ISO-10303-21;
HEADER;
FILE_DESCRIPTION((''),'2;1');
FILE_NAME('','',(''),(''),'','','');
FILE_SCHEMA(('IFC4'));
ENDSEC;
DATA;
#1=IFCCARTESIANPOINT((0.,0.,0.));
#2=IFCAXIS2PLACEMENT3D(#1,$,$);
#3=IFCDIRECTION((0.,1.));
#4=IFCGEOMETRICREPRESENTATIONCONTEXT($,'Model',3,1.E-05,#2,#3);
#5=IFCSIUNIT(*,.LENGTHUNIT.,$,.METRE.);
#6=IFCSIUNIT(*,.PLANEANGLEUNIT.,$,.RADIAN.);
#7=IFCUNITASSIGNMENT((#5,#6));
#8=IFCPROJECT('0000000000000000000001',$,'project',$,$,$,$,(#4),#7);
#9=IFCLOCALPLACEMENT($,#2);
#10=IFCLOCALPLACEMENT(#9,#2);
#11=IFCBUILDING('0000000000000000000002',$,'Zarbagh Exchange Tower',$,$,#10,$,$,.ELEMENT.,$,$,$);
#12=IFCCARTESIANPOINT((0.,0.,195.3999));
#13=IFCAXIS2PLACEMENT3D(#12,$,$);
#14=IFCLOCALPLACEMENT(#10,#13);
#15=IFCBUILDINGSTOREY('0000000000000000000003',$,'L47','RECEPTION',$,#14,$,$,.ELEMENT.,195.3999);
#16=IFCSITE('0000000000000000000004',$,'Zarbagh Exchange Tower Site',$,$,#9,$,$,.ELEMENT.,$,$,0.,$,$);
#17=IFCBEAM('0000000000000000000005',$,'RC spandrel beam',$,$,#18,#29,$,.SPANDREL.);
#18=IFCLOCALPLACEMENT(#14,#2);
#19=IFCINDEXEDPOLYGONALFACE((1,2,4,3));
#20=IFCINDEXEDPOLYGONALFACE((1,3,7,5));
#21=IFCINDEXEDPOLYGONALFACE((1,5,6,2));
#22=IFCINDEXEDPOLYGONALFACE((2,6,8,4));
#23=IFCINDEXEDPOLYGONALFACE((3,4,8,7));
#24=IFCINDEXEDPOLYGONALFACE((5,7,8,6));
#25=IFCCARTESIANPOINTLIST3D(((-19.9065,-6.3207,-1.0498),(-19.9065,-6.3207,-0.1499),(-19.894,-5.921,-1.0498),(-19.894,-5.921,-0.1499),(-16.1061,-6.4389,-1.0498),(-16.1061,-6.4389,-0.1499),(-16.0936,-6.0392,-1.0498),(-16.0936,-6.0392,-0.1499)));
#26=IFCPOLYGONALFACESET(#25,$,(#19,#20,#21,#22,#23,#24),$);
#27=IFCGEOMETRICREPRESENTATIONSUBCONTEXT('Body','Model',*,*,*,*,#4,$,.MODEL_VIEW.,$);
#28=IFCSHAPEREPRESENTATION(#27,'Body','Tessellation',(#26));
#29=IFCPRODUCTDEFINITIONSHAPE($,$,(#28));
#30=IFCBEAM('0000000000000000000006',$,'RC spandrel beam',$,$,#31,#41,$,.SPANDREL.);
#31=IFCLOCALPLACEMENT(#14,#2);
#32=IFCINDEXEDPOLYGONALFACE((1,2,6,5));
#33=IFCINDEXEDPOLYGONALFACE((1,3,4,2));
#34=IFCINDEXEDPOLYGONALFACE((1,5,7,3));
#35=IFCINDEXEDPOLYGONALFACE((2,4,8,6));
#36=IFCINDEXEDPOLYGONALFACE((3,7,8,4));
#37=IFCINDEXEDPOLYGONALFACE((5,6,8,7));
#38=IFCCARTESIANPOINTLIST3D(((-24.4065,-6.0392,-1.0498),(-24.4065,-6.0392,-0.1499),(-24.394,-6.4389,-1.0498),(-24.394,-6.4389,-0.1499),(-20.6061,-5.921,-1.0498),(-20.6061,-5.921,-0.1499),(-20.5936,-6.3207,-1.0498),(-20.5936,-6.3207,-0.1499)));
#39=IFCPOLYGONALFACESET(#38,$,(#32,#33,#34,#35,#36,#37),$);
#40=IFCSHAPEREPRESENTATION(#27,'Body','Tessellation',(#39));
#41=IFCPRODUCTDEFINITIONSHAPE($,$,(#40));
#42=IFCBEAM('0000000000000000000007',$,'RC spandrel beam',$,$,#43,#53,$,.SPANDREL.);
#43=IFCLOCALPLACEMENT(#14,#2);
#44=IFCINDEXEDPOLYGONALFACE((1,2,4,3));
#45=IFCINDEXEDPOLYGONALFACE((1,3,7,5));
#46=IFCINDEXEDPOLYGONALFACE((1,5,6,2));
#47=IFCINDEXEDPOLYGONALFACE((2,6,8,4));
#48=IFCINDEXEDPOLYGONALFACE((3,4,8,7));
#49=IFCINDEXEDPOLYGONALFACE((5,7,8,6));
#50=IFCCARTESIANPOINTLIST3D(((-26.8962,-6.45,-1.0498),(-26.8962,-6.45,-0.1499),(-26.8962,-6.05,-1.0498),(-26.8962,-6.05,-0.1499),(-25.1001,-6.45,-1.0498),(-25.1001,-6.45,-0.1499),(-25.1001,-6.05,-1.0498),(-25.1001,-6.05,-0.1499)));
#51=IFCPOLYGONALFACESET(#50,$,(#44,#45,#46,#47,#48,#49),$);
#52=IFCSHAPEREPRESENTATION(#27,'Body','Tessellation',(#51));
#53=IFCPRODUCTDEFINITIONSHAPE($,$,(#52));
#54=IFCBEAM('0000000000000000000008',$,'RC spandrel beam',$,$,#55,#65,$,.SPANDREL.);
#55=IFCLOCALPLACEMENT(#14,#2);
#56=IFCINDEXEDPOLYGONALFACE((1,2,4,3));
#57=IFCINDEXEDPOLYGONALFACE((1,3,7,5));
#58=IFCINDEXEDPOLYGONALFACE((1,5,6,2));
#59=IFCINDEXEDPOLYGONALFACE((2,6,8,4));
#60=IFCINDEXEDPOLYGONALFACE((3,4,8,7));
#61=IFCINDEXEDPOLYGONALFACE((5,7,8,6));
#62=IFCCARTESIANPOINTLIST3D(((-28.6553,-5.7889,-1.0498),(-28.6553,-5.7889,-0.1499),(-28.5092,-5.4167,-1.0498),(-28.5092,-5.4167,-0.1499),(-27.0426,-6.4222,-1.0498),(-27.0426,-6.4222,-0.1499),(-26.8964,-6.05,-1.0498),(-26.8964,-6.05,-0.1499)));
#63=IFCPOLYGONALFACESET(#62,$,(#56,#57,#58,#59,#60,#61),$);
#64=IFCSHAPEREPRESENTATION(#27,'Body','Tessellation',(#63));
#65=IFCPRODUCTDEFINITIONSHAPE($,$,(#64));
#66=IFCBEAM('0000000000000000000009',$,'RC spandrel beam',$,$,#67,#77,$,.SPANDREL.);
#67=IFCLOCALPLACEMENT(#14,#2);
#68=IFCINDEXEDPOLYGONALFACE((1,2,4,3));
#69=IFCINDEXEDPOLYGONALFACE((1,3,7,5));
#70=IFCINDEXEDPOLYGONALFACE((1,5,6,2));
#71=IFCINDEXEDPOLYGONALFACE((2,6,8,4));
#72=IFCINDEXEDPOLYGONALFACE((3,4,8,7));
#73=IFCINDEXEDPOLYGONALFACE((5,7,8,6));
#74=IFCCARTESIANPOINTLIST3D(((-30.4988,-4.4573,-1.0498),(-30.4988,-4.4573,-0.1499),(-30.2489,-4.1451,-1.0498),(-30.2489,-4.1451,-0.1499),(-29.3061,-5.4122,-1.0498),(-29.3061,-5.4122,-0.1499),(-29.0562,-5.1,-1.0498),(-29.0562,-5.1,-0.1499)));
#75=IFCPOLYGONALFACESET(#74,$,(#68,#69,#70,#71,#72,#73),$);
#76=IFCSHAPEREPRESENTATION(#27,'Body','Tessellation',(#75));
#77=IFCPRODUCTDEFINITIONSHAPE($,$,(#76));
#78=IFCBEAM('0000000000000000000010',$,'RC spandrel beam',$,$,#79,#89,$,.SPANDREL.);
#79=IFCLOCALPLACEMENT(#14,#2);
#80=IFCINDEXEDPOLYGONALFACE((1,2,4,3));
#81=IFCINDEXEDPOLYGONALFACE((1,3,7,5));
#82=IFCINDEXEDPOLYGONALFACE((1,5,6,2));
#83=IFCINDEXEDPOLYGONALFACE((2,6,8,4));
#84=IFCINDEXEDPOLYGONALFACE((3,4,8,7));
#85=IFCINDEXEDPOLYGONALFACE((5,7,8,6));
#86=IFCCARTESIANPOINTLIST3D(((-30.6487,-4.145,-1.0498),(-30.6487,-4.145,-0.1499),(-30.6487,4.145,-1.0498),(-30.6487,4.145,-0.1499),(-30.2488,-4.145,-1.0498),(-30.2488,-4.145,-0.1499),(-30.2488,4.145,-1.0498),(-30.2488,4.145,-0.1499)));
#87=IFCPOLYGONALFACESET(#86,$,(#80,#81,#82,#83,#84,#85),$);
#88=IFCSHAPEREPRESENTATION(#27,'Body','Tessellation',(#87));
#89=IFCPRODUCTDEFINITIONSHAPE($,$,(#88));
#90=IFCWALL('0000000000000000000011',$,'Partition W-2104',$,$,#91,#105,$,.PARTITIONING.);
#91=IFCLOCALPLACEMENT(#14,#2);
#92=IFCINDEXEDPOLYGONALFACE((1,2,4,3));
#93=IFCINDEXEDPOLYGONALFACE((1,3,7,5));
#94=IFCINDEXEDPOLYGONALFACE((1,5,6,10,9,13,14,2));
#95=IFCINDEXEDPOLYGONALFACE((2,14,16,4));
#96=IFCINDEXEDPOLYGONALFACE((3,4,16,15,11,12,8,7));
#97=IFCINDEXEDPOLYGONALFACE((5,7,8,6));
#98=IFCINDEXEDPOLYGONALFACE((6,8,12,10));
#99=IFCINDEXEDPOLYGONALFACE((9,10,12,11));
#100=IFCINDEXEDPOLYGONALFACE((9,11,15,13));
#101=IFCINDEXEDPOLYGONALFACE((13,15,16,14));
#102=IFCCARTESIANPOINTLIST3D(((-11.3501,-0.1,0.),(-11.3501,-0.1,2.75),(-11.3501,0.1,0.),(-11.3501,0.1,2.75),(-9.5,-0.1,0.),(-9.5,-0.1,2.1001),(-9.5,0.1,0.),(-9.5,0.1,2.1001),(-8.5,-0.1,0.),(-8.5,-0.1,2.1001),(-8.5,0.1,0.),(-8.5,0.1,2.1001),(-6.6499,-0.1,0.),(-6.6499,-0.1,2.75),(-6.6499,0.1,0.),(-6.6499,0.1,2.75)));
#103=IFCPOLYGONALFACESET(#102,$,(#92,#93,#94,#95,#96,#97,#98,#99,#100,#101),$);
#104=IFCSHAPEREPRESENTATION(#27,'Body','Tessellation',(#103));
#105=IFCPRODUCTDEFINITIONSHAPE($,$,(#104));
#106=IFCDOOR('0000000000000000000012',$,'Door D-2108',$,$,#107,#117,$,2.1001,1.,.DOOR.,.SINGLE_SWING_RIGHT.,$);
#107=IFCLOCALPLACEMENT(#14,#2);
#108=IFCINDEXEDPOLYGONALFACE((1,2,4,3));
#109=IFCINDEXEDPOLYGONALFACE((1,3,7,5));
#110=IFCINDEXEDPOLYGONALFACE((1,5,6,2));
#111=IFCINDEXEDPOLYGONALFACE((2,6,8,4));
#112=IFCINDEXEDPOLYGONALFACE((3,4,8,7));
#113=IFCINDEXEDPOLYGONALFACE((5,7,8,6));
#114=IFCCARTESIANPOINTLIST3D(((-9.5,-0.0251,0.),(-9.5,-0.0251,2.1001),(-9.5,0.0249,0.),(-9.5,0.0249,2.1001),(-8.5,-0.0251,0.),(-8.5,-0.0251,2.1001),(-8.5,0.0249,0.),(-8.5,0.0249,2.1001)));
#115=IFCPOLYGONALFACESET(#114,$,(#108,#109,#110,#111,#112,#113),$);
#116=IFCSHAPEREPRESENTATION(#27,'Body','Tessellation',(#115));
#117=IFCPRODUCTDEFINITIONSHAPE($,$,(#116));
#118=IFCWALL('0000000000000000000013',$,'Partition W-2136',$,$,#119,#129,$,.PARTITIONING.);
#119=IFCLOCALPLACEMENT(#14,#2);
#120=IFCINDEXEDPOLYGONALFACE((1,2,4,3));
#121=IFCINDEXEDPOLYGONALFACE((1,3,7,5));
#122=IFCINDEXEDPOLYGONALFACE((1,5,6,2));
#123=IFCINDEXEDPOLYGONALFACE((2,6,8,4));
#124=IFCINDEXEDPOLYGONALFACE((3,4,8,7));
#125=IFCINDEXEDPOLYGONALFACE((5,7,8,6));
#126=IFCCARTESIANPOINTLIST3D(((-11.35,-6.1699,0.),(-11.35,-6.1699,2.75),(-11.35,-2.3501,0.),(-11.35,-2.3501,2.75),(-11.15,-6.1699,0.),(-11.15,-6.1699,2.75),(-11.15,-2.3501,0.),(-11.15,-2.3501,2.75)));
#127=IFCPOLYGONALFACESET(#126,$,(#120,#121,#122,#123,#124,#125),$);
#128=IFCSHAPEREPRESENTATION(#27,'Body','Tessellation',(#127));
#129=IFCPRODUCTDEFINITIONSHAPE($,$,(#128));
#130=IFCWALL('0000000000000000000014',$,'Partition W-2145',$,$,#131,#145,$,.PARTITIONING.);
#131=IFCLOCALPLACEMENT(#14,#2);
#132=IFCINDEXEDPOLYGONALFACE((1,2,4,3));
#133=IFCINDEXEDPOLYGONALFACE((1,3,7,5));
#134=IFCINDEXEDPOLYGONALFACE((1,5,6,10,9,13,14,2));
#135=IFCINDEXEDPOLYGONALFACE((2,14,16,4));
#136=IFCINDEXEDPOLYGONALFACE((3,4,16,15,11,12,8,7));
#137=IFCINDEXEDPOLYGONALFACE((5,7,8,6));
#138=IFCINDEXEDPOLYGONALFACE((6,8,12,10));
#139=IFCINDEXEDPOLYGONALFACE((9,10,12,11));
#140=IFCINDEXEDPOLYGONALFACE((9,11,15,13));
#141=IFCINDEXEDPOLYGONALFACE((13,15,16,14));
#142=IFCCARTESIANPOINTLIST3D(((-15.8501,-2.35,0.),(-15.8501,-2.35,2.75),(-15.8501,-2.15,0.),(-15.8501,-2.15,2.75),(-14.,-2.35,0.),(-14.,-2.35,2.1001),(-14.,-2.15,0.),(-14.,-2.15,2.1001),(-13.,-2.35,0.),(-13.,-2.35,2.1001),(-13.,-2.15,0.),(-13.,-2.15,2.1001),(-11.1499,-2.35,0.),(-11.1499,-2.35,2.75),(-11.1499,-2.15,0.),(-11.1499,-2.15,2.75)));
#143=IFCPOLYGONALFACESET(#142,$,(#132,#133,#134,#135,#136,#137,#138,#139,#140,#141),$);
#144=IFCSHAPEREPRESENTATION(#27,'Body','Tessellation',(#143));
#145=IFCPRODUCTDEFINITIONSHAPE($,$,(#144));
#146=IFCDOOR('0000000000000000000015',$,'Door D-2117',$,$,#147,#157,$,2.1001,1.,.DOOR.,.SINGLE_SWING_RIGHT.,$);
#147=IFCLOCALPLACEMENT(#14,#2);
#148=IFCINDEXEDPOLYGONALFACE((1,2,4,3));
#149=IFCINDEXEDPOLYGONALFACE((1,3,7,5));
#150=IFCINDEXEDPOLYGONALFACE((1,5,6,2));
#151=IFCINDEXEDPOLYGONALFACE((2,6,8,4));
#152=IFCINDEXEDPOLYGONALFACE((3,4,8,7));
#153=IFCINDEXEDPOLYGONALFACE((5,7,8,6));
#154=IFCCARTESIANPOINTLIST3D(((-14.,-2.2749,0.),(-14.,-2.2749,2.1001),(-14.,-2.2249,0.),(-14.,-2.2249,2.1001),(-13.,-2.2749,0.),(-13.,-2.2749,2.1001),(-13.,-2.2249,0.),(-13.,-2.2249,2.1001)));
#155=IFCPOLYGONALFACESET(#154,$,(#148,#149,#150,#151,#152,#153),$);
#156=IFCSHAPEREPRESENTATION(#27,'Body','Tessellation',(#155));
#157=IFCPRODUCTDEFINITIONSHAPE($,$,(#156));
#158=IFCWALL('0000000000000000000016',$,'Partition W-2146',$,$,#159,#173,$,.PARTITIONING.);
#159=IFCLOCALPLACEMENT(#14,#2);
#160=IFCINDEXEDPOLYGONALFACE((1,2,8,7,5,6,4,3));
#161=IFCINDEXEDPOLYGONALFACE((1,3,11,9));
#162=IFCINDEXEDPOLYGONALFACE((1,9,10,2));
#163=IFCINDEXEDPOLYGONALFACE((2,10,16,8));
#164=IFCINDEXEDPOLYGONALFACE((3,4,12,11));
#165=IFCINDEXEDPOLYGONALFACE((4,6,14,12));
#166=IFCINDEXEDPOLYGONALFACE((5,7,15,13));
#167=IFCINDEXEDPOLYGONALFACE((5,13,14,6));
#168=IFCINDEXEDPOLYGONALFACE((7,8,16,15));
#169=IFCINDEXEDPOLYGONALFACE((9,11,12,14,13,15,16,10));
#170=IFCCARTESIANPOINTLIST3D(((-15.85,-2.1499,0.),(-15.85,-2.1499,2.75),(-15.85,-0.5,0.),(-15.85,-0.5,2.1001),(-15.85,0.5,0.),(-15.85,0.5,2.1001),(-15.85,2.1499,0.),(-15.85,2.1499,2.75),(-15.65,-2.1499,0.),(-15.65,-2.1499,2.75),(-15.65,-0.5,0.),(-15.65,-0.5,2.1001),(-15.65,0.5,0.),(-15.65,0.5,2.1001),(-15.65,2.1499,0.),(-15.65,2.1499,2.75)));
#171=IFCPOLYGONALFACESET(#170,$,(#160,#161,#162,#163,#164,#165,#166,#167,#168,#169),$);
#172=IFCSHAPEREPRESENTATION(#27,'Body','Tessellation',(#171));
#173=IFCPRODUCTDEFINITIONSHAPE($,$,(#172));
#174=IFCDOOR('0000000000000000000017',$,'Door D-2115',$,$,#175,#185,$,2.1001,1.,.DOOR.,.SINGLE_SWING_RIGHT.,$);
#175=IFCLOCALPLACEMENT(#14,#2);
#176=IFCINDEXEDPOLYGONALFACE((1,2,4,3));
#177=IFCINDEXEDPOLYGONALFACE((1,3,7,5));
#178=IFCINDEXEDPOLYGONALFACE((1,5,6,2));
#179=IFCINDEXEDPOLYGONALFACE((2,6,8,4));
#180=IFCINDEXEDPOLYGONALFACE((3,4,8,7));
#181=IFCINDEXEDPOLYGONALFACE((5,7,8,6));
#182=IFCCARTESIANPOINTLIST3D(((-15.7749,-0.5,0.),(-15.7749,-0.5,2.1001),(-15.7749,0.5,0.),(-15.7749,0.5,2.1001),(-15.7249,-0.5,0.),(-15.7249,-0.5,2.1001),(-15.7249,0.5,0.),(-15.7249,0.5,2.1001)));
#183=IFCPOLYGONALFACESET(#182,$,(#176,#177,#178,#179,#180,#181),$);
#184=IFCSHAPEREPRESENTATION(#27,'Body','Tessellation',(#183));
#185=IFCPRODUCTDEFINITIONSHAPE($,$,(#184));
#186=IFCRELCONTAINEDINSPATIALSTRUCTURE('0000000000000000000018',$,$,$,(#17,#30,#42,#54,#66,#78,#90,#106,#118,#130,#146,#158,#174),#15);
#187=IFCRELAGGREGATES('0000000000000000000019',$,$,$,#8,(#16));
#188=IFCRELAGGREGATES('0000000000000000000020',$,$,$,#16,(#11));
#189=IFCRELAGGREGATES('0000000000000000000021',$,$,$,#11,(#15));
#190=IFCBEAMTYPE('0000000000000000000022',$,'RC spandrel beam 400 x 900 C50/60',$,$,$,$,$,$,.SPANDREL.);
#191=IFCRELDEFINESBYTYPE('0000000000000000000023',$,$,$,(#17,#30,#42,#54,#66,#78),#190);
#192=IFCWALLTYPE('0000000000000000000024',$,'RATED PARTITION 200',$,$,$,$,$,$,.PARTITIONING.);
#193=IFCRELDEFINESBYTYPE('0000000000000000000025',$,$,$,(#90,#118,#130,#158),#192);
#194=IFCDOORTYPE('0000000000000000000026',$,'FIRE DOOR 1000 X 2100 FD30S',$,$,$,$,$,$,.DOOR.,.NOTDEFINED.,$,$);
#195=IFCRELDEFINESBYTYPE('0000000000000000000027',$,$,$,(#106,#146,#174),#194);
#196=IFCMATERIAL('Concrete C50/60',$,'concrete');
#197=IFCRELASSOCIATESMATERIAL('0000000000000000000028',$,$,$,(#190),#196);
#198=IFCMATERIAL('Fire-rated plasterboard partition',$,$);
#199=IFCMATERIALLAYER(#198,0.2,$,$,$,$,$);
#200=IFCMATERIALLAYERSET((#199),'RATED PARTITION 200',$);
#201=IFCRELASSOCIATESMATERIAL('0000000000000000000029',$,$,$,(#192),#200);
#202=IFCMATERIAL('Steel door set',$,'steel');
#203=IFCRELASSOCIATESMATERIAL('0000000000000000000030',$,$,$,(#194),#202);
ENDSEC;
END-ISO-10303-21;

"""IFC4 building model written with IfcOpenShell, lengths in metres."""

from ifc_helpers import new_model, si_unit, direction, frame, frame_2d, origin, origin_2d, place, context, subcontext, project, spatial, rectangle, extrude, material, layer, layer_set, material_profile, profile_set, type_object, element, fill, save


model = new_model("IFC4")

# Units and contexts
model_context = context("Model", 3, precision=1e-05, world=origin(), true_north=direction((0.0, 1.0)))
body_context = subcontext(model_context, "Body", "Model", "MODEL_VIEW")
ifc_project = project(units=[si_unit("LENGTHUNIT", "METRE"), si_unit("PLANEANGLEUNIT", "RADIAN")], contexts=[model_context])

# Site, building, storey
site_placement = place(None, origin())
site = spatial("IfcSite", under=ifc_project, at=site_placement, Name="Zarbagh Exchange Tower Site", CompositionType="ELEMENT", RefElevation=0.0)
building_placement = place(site_placement, origin())
building = spatial("IfcBuilding", under=site, at=building_placement, Name="Zarbagh Exchange Tower", CompositionType="ELEMENT")
storey_placement = place(building_placement, frame((0.0, 0.0, 195.3999)))
storey = spatial("IfcBuildingStorey", under=building, at=storey_placement, Name="L47", Description="RECEPTION", CompositionType="ELEMENT", Elevation=195.3999)

# Shared definitions
ifc_material_1 = material(Name="Concrete C50/60", Category="concrete")

# Beams
ifc_material_profile_1 = material_profile(ifc_material_1, rectangle(XDim=0.3999, YDim=0.8999, at=origin_2d()), Name="RC spandrel beam 400 x 900 C50/60")
ifc_profile_set_1 = profile_set([ifc_material_profile_1], Name="Concrete C50/60")
beam_type_1 = type_object("IfcBeamType", Name="RC spandrel beam 400 x 900 C50/60", PredefinedType="SPANDREL", material=ifc_profile_set_1)
for number, where, z_axis, x_axis, name in (
    (1, (-16.0999, -6.239, -0.5999), (-0.999517, 0.031078, 0.0), (-0.031078, -0.999517, 0.0), "RC spandrel beam"),
    (2, (-20.5999, -6.1208, -0.5999), (-0.999517, -0.031078, 0.0), (0.031078, -0.999517, 0.0), "RC spandrel beam"),
):
    element("IfcBeam", number, at=place(storey_placement, frame(where, z_axis=z_axis, x_axis=x_axis)), inside=storey, type_object=beam_type_1, Name=name, PredefinedType="SPANDREL", context=body_context, shape_type="SweptSolid", body=[
        extrude(rectangle(XDim=0.3999, YDim=0.8999, at=origin_2d()), origin(), (0.0, 0.0, 1.0), 3.8022),
    ])
beam_1_placement = place(storey_placement, frame((-25.1001, -6.25, -0.5999), z_axis=(-1.0, 0.0, 0.0), x_axis=(0.0, -1.0, 0.0)))
element("IfcBeam", 3, at=beam_1_placement, inside=storey, type_object=beam_type_1, Name="RC spandrel beam", PredefinedType="SPANDREL", context=body_context, shape_type="SweptSolid", body=[
    extrude(rectangle(XDim=0.3999, YDim=0.8999, at=origin_2d()), origin(), (0.0, 0.0, 1.0), 1.7961),
])
beam_2_placement = place(storey_placement, frame((-26.9695, -6.2361, -0.5999), z_axis=(-0.93081, 0.365504, 0.0), x_axis=(-0.365504, -0.93081, 0.0)))
element("IfcBeam", 4, at=beam_2_placement, inside=storey, type_object=beam_type_1, Name="RC spandrel beam", PredefinedType="SPANDREL", context=body_context, shape_type="SweptSolid", body=[
    extrude(rectangle(XDim=0.3999, YDim=0.8999, at=origin_2d()), origin(), (0.0, 0.0, 1.0), 1.7327),
])
beam_3_placement = place(storey_placement, frame((-29.1812, -5.2561, -0.5999), z_axis=(-0.780635, 0.624987, 0.0), x_axis=(-0.624987, -0.780635, 0.0)))
element("IfcBeam", 5, at=beam_3_placement, inside=storey, type_object=beam_type_1, Name="RC spandrel beam", PredefinedType="SPANDREL", context=body_context, shape_type="SweptSolid", body=[
    extrude(rectangle(XDim=0.3999, YDim=0.8999, at=origin_2d()), origin(), (0.0, 0.0, 1.0), 1.5278),
])
beam_4_placement = place(storey_placement, frame((-30.4487, -4.145, -0.5999), z_axis=(0.0, 1.0, 0.0), x_axis=(-1.0, 0.0, 0.0)))
element("IfcBeam", 6, at=beam_4_placement, inside=storey, type_object=beam_type_1, Name="RC spandrel beam", PredefinedType="SPANDREL", context=body_context, shape_type="SweptSolid", body=[
    extrude(rectangle(XDim=0.3999, YDim=0.8999, at=origin_2d()), origin(), (0.0, 0.0, 1.0), 8.29),
])

# Wall, opening, door
ifc_material_2 = material(Name="Fire-rated plasterboard partition")
ifc_layer = layer(ifc_material_2, 0.2)
ifc_layer_set = layer_set([ifc_layer], Name="RATED PARTITION 200")
wall_type = type_object("IfcWallType", Name="RATED PARTITION 200", PredefinedType="PARTITIONING", material=ifc_layer_set)
wall_1_placement = place(storey_placement, frame((-11.3501, 0.0, 0.0), z_axis=(0.0, 0.0, 1.0), x_axis=(1.0, 0.0, 0.0)))
wall_1 = element("IfcWall", 7, at=wall_1_placement, inside=storey, type_object=wall_type, Name="Partition W-2104", PredefinedType="PARTITIONING", context=body_context, shape_type="SweptSolid", body=[
    extrude(rectangle(XDim=4.7002, YDim=0.2, at=frame_2d((2.3501, 0.0))), origin(), (0.0, 0.0, 1.0), 2.75),
])
opening_1_placement = place(wall_1_placement, frame((1.8501, 0.0, 0.0)))
opening_1 = element("IfcOpeningElement", 8, at=opening_1_placement, cuts=wall_1, PredefinedType="OPENING", context=body_context, shape_type="SweptSolid", body=[
    extrude(rectangle(XDim=1.0, YDim=2.1001, at=frame_2d((0.5, 1.05))), frame((0.0, 0.1099, 0.0), z_axis=(0.0, -1.0, 0.0), x_axis=(1.0, 0.0, 0.0)), (0.0, 0.0, 1.0), 0.22),
])
ifc_material_3 = material(Name="Steel door set", Category="steel")
door_type = type_object("IfcDoorType", Name="FIRE DOOR 1000 X 2100 FD30S", OperationType="NOTDEFINED", PredefinedType="DOOR", material=ifc_material_3)
door_1_placement = place(opening_1_placement, origin())
door_1 = element("IfcDoor", 9, at=door_1_placement, inside=storey, type_object=door_type, Name="Door D-2108", OperationType="SINGLE_SWING_RIGHT", OverallHeight=2.1001, OverallWidth=1.0, PredefinedType="DOOR", context=body_context, shape_type="SweptSolid", body=[
    extrude(rectangle(XDim=1.0, YDim=2.1001, at=frame_2d((0.5, 1.05))), frame((0.0, 0.0249, 0.0), z_axis=(0.0, -1.0, 0.0), x_axis=(1.0, 0.0, 0.0)), (0.0, 0.0, 1.0), 0.05),
])
fill(opening_1, door_1)

# Wall
wall_2_placement = place(storey_placement, frame((-11.25, -6.1699, 0.0), z_axis=(0.0, 0.0, 1.0), x_axis=(0.0, 1.0, 0.0)))
element("IfcWall", 10, at=wall_2_placement, inside=storey, type_object=wall_type, Name="Partition W-2136", PredefinedType="PARTITIONING", context=body_context, shape_type="SweptSolid", body=[
    extrude(rectangle(XDim=3.8198, YDim=0.2, at=frame_2d((1.9099, 0.0))), origin(), (0.0, 0.0, 1.0), 2.75),
])

# Walls, openings, doors
wall_3_placement = place(storey_placement, frame((-11.1499, -2.25, 0.0), z_axis=(0.0, 0.0, 1.0), x_axis=(-1.0, 0.0, 0.0)))
wall_3 = element("IfcWall", 11, at=wall_3_placement, inside=storey, type_object=wall_type, Name="Partition W-2145", PredefinedType="PARTITIONING", context=body_context, shape_type="SweptSolid", body=[
    extrude(rectangle(XDim=4.7002, YDim=0.2, at=frame_2d((2.3501, 0.0))), origin(), (0.0, 0.0, 1.0), 2.75),
])
opening_2_placement = place(wall_3_placement, frame((1.8501, 0.0, 0.0)))
opening_2 = element("IfcOpeningElement", 12, at=opening_2_placement, cuts=wall_3, PredefinedType="OPENING", context=body_context, shape_type="SweptSolid", body=[
    extrude(rectangle(XDim=1.0, YDim=2.1001, at=frame_2d((0.5, 1.05))), frame((0.0, 0.1099, 0.0), z_axis=(0.0, -1.0, 0.0), x_axis=(1.0, 0.0, 0.0)), (0.0, 0.0, 1.0), 0.22),
])
door_2_placement = place(opening_2_placement, origin())
door_2 = element("IfcDoor", 13, at=door_2_placement, inside=storey, type_object=door_type, Name="Door D-2117", OperationType="SINGLE_SWING_RIGHT", OverallHeight=2.1001, OverallWidth=1.0, PredefinedType="DOOR", context=body_context, shape_type="SweptSolid", body=[
    extrude(rectangle(XDim=1.0, YDim=2.1001, at=frame_2d((0.5, 1.05))), frame((0.0, 0.0249, 0.0), z_axis=(0.0, -1.0, 0.0), x_axis=(1.0, 0.0, 0.0)), (0.0, 0.0, 1.0), 0.05),
])
fill(opening_2, door_2)
wall_4_placement = place(storey_placement, frame((-15.75, -2.1499, 0.0), z_axis=(0.0, 0.0, 1.0), x_axis=(0.0, 1.0, 0.0)))
wall_4 = element("IfcWall", 14, at=wall_4_placement, inside=storey, type_object=wall_type, Name="Partition W-2146", PredefinedType="PARTITIONING", context=body_context, shape_type="SweptSolid", body=[
    extrude(rectangle(XDim=4.2998, YDim=0.2, at=frame_2d((2.1499, 0.0))), origin(), (0.0, 0.0, 1.0), 2.75),
])
opening_3_placement = place(wall_4_placement, frame((1.6499, 0.0, 0.0)))
opening_3 = element("IfcOpeningElement", 15, at=opening_3_placement, cuts=wall_4, PredefinedType="OPENING", context=body_context, shape_type="SweptSolid", body=[
    extrude(rectangle(XDim=1.0, YDim=2.1001, at=frame_2d((0.5, 1.05))), frame((0.0, 0.1099, 0.0), z_axis=(0.0, -1.0, 0.0), x_axis=(1.0, 0.0, 0.0)), (0.0, 0.0, 1.0), 0.22),
])
door_3_placement = place(opening_3_placement, origin())
door_3 = element("IfcDoor", 16, at=door_3_placement, inside=storey, type_object=door_type, Name="Door D-2115", OperationType="SINGLE_SWING_RIGHT", OverallHeight=2.1001, OverallWidth=1.0, PredefinedType="DOOR", context=body_context, shape_type="SweptSolid", body=[
    extrude(rectangle(XDim=1.0, YDim=2.1001, at=frame_2d((0.5, 1.05))), frame((0.0, 0.0249, 0.0), z_axis=(0.0, -1.0, 0.0), x_axis=(1.0, 0.0, 0.0)), (0.0, 0.0, 1.0), 0.05),
])
fill(opening_3, door_3)

save(model, "model.ifc")
